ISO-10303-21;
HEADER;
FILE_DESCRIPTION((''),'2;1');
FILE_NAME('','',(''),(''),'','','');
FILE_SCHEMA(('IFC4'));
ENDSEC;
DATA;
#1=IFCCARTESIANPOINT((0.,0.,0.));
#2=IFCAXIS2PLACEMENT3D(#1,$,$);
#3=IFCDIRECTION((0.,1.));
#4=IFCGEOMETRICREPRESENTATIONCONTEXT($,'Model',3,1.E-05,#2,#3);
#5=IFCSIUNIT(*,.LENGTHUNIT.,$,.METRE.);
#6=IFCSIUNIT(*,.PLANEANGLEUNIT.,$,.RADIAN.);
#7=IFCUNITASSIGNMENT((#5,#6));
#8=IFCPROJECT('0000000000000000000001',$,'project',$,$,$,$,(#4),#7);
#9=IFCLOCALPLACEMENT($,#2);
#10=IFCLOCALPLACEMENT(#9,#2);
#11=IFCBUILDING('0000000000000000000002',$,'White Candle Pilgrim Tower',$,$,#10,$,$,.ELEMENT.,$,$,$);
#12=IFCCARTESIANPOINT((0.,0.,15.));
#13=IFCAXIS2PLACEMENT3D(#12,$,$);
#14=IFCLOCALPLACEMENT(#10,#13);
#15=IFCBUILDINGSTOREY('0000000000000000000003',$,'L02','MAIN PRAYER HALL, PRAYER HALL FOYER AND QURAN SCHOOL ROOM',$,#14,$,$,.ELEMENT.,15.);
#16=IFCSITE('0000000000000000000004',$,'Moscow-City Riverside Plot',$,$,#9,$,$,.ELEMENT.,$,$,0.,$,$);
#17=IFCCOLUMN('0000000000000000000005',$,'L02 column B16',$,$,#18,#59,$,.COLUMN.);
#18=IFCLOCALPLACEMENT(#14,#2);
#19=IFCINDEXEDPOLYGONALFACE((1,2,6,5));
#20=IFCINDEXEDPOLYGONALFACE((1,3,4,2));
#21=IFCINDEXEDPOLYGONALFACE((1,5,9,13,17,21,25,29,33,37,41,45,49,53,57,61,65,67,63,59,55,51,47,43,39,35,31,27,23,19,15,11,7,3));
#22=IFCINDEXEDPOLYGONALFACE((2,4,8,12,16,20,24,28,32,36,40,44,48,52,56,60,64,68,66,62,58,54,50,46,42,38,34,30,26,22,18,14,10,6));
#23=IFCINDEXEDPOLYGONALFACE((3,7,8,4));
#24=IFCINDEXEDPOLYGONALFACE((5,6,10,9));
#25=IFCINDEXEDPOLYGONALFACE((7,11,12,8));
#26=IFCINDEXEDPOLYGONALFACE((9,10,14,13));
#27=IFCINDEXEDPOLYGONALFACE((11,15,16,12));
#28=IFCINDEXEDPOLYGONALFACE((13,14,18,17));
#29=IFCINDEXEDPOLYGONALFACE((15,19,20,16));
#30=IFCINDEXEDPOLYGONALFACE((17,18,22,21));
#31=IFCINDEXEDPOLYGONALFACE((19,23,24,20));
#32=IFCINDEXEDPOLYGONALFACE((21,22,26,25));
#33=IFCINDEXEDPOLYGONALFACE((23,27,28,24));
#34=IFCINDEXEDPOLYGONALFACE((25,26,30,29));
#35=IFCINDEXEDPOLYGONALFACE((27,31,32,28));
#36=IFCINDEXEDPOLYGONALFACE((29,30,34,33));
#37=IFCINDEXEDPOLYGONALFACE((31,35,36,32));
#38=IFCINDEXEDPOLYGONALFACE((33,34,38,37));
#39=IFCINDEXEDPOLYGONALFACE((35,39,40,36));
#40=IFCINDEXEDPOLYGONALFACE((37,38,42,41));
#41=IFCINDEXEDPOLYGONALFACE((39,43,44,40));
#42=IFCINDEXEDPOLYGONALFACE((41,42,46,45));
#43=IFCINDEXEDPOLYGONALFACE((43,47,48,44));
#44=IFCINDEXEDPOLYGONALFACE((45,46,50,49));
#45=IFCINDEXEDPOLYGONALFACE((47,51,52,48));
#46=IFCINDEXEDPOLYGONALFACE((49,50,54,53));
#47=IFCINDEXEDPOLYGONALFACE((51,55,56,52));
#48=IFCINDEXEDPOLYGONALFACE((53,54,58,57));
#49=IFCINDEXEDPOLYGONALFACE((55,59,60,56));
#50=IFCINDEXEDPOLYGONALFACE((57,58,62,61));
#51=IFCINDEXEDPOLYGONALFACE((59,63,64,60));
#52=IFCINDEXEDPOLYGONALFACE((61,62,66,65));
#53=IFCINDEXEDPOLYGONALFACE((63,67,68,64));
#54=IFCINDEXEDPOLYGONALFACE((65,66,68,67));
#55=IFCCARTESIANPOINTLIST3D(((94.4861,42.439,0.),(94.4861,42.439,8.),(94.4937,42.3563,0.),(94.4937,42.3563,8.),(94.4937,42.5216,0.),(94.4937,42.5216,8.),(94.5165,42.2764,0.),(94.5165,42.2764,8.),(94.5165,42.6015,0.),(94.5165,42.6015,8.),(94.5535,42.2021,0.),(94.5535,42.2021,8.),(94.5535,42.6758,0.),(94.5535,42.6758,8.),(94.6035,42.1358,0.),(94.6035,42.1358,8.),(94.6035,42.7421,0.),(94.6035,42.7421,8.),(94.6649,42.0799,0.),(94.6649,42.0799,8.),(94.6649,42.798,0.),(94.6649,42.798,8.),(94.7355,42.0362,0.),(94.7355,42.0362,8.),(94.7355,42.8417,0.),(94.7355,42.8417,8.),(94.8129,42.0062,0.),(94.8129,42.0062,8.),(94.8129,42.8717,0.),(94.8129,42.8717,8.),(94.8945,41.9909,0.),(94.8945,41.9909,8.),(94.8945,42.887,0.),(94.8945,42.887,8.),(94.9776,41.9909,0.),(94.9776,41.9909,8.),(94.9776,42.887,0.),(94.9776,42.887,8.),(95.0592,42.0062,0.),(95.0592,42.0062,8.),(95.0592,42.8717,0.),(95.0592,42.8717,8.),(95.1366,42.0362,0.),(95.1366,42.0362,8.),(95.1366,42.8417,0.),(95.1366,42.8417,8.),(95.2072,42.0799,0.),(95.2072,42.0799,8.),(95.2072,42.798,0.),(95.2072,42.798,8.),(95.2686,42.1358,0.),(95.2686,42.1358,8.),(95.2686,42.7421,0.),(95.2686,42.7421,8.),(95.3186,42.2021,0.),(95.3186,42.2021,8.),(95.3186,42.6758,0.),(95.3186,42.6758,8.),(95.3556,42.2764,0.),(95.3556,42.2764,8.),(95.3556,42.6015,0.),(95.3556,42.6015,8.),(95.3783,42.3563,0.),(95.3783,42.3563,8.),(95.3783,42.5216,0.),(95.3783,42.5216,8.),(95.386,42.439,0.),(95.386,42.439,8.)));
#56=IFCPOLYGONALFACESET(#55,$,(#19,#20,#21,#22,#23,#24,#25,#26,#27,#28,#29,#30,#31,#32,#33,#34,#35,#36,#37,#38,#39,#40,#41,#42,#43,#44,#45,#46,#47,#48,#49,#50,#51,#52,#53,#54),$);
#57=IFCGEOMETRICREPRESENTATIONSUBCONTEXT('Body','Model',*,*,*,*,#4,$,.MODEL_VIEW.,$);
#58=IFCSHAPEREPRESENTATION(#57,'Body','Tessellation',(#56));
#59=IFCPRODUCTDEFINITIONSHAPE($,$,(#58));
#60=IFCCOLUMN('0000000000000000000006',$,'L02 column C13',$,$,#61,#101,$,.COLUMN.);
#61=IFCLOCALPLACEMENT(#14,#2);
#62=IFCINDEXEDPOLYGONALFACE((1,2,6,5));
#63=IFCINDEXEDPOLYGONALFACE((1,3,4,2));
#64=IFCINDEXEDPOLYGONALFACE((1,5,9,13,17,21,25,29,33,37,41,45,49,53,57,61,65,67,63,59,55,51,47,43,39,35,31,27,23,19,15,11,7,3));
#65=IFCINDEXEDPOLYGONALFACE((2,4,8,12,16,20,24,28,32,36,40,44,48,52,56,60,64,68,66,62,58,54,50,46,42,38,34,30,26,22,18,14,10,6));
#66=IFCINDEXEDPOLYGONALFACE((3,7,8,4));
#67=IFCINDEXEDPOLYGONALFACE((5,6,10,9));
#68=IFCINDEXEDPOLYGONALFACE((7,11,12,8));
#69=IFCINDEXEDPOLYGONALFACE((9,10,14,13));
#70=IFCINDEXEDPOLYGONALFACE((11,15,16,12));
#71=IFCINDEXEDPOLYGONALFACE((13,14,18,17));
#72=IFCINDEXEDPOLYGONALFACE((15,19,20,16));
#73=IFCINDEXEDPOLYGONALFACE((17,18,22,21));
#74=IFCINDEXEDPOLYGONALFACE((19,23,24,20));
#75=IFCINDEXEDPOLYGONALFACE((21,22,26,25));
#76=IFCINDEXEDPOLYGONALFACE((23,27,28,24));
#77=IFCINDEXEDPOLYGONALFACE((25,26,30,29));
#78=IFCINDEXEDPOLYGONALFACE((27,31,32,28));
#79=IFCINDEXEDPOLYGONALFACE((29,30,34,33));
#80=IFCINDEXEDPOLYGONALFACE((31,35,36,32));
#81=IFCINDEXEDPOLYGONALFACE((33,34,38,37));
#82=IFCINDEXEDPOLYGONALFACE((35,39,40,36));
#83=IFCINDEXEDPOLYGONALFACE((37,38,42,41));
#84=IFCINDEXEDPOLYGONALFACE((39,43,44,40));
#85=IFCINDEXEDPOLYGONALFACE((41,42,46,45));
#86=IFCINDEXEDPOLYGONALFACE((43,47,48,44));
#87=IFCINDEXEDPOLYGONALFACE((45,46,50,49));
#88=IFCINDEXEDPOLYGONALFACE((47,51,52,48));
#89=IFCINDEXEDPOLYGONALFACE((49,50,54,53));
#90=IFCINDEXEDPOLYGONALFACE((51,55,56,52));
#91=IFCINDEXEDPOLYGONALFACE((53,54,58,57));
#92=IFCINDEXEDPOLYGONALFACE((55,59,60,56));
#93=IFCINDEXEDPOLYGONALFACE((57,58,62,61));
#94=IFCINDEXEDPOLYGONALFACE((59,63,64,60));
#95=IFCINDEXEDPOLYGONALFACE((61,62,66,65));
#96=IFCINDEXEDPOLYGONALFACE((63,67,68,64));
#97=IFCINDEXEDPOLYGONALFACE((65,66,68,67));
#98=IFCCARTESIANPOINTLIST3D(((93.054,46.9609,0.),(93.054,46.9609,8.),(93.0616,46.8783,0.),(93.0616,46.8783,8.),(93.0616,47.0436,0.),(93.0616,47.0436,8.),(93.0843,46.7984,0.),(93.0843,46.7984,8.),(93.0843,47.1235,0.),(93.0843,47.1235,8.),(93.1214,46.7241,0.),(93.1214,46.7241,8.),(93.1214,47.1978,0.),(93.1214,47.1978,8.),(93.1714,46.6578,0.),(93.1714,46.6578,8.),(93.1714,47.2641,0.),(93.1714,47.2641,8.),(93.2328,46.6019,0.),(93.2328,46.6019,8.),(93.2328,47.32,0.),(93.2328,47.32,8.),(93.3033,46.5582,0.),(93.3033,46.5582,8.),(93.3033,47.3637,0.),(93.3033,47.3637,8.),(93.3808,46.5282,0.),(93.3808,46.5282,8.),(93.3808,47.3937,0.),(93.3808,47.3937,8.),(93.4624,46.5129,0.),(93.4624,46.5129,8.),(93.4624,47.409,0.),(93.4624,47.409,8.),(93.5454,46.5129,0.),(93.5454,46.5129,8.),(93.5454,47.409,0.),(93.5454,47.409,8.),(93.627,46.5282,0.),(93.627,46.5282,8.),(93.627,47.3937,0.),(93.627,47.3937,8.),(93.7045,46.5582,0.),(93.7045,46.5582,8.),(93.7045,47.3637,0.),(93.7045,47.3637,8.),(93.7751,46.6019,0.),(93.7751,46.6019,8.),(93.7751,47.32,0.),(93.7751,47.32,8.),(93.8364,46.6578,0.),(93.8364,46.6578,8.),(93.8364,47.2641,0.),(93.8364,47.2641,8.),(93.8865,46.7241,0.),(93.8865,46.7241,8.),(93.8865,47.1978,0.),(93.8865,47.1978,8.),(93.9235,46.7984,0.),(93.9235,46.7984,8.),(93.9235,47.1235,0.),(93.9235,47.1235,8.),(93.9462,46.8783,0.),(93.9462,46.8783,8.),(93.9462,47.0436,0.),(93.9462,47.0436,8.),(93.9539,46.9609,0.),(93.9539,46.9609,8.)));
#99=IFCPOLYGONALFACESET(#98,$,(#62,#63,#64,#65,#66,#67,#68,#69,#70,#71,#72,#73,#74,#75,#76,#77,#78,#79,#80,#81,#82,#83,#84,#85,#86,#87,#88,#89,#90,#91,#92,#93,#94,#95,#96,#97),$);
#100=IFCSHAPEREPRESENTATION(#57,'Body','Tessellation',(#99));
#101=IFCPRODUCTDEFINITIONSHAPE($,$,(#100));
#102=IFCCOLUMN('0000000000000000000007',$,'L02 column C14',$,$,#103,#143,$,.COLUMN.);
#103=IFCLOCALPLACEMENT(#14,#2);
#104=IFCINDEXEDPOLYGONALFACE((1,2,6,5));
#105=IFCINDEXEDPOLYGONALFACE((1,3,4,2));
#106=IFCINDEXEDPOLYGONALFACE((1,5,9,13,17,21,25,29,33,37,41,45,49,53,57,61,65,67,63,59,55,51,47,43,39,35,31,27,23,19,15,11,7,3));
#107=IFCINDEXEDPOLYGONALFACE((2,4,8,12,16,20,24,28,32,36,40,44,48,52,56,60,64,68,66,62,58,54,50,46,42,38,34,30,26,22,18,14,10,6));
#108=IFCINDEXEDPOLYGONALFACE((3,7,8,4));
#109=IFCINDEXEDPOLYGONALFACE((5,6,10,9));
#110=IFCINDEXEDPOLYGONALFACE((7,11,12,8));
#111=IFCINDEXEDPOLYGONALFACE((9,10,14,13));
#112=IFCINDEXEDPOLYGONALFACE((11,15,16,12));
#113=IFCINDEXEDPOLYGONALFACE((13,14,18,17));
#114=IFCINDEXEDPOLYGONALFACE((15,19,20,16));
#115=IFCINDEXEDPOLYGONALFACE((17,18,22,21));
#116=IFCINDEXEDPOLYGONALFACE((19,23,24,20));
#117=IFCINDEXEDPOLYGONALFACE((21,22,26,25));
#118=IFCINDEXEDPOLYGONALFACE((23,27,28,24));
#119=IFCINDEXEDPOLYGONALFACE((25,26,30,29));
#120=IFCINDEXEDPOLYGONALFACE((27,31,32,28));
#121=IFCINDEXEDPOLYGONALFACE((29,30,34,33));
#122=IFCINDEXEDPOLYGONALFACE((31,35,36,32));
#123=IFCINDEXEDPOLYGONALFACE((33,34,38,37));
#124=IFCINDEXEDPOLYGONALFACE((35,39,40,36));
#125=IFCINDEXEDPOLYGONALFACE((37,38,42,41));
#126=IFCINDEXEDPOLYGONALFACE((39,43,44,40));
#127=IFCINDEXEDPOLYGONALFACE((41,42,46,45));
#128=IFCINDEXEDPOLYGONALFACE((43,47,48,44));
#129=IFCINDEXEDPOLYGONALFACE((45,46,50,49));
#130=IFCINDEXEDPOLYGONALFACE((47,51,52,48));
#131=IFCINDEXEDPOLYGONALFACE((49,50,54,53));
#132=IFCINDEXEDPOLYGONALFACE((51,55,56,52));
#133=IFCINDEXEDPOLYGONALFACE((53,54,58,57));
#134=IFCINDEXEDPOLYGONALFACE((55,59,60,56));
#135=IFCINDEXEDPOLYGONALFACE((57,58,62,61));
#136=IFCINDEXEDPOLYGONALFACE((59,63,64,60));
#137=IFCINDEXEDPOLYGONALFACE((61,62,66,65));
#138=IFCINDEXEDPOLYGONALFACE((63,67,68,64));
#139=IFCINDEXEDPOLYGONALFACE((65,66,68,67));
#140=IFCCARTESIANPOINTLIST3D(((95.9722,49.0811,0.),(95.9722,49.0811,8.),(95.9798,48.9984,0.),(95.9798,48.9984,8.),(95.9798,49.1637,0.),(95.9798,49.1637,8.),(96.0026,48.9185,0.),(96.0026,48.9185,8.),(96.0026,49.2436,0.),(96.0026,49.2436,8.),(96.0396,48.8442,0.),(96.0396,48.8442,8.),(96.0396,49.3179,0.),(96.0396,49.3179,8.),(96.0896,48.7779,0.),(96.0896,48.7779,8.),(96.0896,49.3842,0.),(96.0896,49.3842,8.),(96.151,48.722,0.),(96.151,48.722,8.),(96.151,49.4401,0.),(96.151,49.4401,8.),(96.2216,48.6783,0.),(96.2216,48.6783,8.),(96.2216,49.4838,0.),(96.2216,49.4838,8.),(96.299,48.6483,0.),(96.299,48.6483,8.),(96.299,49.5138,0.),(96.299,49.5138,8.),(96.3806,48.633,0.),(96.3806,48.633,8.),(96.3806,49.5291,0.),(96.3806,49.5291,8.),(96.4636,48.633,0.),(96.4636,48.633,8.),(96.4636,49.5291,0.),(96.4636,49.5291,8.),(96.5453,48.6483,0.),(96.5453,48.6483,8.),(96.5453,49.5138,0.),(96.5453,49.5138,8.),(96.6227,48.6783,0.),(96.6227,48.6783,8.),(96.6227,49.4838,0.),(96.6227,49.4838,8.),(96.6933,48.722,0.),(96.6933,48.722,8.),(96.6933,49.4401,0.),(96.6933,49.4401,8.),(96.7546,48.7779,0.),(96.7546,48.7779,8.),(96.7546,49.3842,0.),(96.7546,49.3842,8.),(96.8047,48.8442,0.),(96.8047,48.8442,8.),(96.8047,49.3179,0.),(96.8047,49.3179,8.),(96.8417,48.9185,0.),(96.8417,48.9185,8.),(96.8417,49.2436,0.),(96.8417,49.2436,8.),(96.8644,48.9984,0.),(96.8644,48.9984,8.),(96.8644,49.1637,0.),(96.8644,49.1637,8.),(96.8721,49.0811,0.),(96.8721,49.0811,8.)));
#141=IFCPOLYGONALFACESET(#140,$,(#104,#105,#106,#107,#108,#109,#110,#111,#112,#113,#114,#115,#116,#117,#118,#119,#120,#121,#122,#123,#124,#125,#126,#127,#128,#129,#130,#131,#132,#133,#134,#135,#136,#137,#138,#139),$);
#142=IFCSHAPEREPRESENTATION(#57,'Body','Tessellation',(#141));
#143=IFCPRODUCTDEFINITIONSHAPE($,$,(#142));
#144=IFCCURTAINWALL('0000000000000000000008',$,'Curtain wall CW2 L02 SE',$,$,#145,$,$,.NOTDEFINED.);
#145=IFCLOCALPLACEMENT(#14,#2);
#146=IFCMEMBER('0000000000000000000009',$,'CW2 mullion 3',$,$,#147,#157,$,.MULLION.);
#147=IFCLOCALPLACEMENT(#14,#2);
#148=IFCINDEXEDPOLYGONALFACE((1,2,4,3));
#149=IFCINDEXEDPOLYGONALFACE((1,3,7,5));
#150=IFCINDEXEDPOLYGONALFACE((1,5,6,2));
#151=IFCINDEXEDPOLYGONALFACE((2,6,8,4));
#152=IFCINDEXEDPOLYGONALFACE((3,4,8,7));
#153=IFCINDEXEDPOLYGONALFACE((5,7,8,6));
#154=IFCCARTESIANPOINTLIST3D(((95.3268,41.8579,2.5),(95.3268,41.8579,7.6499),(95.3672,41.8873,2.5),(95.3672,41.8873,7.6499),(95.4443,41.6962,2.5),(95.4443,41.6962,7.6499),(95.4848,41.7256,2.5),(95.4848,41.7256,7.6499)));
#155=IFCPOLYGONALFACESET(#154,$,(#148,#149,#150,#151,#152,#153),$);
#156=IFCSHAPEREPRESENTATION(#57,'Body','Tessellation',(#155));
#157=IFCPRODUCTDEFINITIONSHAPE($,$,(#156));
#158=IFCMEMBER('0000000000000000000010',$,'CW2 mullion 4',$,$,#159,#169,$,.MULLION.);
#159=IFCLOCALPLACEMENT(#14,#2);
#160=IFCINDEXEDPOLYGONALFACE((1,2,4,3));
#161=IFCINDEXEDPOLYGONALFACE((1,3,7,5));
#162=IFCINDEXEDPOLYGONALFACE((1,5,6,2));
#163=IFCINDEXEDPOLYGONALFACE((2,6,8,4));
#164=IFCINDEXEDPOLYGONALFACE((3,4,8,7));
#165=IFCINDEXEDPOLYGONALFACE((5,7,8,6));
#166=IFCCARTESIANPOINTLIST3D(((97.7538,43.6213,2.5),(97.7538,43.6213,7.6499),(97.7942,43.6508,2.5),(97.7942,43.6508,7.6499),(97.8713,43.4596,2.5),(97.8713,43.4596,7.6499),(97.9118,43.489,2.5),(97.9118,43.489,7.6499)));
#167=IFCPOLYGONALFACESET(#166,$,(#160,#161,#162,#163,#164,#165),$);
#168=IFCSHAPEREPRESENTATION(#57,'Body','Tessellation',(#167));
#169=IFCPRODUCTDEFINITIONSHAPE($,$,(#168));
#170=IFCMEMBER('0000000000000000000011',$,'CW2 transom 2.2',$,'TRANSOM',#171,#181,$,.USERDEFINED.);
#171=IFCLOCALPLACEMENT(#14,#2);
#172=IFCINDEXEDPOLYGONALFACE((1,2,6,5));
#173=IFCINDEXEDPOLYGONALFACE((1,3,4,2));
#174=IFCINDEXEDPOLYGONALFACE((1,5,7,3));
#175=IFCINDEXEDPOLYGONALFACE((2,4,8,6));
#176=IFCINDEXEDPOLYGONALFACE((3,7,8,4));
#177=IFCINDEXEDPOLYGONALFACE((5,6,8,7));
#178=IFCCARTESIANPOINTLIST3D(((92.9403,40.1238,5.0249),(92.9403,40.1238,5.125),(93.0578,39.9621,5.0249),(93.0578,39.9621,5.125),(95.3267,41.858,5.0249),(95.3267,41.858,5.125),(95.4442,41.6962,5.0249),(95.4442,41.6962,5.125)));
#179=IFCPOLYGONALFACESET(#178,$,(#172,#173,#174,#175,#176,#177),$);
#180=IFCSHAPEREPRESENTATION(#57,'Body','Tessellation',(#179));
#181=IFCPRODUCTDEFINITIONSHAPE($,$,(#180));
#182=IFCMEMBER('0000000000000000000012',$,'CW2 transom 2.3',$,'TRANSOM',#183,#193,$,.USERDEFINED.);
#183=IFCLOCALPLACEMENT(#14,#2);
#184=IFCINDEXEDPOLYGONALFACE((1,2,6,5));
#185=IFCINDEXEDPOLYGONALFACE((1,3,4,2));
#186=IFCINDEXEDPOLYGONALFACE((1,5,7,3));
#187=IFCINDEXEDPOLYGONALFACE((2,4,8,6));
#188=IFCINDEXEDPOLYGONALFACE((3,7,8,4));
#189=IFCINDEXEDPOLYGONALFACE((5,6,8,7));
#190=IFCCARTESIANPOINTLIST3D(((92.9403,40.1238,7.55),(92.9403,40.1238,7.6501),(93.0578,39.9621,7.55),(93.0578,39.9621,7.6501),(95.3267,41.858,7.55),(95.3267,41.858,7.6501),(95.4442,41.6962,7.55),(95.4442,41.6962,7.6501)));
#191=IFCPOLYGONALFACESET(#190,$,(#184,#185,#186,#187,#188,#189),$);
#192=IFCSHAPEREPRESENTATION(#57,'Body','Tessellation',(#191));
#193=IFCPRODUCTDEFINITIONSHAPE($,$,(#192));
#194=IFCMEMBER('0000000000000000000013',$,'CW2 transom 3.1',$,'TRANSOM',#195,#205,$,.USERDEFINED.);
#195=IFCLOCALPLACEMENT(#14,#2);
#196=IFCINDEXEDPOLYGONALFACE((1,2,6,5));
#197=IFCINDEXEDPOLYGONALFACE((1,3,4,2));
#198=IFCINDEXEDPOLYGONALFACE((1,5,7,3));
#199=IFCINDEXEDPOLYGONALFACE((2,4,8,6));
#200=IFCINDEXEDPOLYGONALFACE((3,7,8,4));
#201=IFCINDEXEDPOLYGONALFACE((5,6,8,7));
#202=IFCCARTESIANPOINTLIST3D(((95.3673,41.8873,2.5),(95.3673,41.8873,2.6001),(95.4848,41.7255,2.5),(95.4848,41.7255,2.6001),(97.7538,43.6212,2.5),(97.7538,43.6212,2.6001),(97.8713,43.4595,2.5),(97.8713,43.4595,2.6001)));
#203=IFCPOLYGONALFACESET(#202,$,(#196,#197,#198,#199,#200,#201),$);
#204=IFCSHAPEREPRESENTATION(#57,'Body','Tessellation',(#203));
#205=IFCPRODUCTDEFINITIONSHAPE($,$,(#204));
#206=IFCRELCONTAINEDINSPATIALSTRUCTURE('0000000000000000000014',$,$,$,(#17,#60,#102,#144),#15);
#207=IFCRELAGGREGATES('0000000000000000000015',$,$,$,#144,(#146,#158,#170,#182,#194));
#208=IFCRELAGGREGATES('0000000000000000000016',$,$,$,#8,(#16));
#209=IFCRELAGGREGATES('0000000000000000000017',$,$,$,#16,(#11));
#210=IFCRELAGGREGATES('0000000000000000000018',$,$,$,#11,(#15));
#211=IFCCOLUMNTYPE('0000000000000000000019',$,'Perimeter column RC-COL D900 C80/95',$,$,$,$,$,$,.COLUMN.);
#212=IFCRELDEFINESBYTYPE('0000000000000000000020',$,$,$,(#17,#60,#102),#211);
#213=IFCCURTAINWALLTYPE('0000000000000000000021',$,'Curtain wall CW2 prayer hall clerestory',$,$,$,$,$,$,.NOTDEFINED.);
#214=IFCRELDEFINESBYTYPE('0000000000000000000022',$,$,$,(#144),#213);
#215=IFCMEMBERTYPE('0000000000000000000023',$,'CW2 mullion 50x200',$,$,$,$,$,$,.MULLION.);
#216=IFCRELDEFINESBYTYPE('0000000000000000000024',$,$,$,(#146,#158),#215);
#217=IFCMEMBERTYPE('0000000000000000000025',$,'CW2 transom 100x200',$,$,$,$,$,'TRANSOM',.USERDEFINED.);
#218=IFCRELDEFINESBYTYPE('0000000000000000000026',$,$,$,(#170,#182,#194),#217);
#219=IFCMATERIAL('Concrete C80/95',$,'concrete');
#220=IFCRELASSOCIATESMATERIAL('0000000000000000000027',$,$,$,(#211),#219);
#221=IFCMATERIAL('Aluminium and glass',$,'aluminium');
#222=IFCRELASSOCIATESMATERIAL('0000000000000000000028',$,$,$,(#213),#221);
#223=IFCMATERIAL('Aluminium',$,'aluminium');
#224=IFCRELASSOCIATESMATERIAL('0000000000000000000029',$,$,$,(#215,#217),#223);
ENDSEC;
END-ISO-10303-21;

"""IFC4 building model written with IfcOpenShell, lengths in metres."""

from ifc_helpers import new_model, si_unit, direction, frame, origin, origin_2d, place, context, subcontext, project, spatial, rectangle, circle, extrude, material, material_profile, profile_set, type_object, element, aggregate, save


model = new_model("IFC4")

# Units and contexts
model_context = context("Model", 3, precision=1e-05, world=origin(), true_north=direction((0.0, 1.0)))
body_context = subcontext(model_context, "Body", "Model", "MODEL_VIEW")
ifc_project = project(units=[si_unit("LENGTHUNIT", "METRE"), si_unit("PLANEANGLEUNIT", "RADIAN")], contexts=[model_context])

# Site, building, storey
site_placement = place(None, origin())
site = spatial("IfcSite", under=ifc_project, at=site_placement, Name="Moscow-City Riverside Plot", CompositionType="ELEMENT", RefElevation=0.0)
building_placement = place(site_placement, origin())
building = spatial("IfcBuilding", under=site, at=building_placement, Name="White Candle Pilgrim Tower", CompositionType="ELEMENT")
storey_placement = place(building_placement, frame((0.0, 0.0, 15.0)))
storey = spatial("IfcBuildingStorey", under=building, at=storey_placement, Name="L02", Description="MAIN PRAYER HALL, PRAYER HALL FOYER AND QURAN SCHOOL ROOM", CompositionType="ELEMENT", Elevation=15.0)

# Columns
ifc_material_1 = material(Name="Concrete C80/95", Category="concrete")
ifc_material_profile_1 = material_profile(ifc_material_1, circle(Radius=0.45, at=origin_2d()), Name="RC-COL D900")
ifc_profile_set_1 = profile_set([ifc_material_profile_1], Name="Concrete C80/95")
column_type = type_object("IfcColumnType", Name="Perimeter column RC-COL D900 C80/95", PredefinedType="COLUMN", material=ifc_profile_set_1)
for number, where, z_axis, x_axis, name in (
    (1, (94.936, 42.439, 0.0), (0.0, 0.0, 1.0), (1.0, 0.0, 0.0), "L02 column B16"),
    (2, (93.5039, 46.9609, 0.0), (0.0, 0.0, 1.0), (1.0, 0.0, 0.0), "L02 column C13"),
    (3, (96.4221, 49.0811, 0.0), (0.0, 0.0, 1.0), (1.0, 0.0, 0.0), "L02 column C14"),
):
    element("IfcColumn", number, at=place(storey_placement, frame(where, z_axis=z_axis, x_axis=x_axis)), inside=storey, type_object=column_type, Name=name, PredefinedType="COLUMN", context=body_context, shape_type="SweptSolid", body=[
        extrude(circle(Radius=0.45, at=origin_2d()), origin(), (0.0, 0.0, 1.0), 8.0),
    ])

# Curtain wall, members
ifc_material_2 = material(Name="Aluminium and glass", Category="aluminium")
curtain_wall_type = type_object("IfcCurtainWallType", Name="Curtain wall CW2 prayer hall clerestory", PredefinedType="NOTDEFINED", material=ifc_material_2)
curtain_wall_placement = place(storey_placement, origin())
curtain_wall = element("IfcCurtainWall", 4, at=curtain_wall_placement, inside=storey, type_object=curtain_wall_type, Name="Curtain wall CW2 L02 SE", PredefinedType="NOTDEFINED")
ifc_material_3 = material(Name="Aluminium", Category="aluminium")
ifc_material_profile_2 = material_profile(ifc_material_3, rectangle(XDim=0.2, YDim=0.05, at=origin_2d()), Name="CW2 mullion 50x200")
ifc_profile_set_2 = profile_set([ifc_material_profile_2], Name="Aluminium")
member_type_1 = type_object("IfcMemberType", Name="CW2 mullion 50x200", PredefinedType="MULLION", material=ifc_profile_set_2)
member_1_placement = place(storey_placement, frame((95.4058, 41.7917, 2.5), z_axis=(0.0, 0.0, 1.0), x_axis=(-0.587785, 0.809017, 0.0)))
member_1 = element("IfcMember", 5, at=member_1_placement, type_object=member_type_1, Name="CW2 mullion 3", PredefinedType="MULLION", context=body_context, shape_type="SweptSolid", body=[
    extrude(rectangle(XDim=0.2, YDim=0.05, at=origin_2d()), origin(), (0.0, 0.0, 1.0), 5.1499),
])
member_2_placement = place(storey_placement, frame((97.8328, 43.5552, 2.5), z_axis=(0.0, 0.0, 1.0), x_axis=(-0.587785, 0.809017, 0.0)))
member_2 = element("IfcMember", 6, at=member_2_placement, type_object=member_type_1, Name="CW2 mullion 4", PredefinedType="MULLION", context=body_context, shape_type="SweptSolid", body=[
    extrude(rectangle(XDim=0.2, YDim=0.05, at=origin_2d()), origin(), (0.0, 0.0, 1.0), 5.1499),
])
ifc_material_profile_3 = material_profile(ifc_material_3, rectangle(XDim=0.2, YDim=0.1001, at=origin_2d()), Name="CW2 transom 100x200")
ifc_profile_set_3 = profile_set([ifc_material_profile_3], Name="Aluminium")
member_type_2 = type_object("IfcMemberType", Name="CW2 transom 100x200", ElementType="TRANSOM", PredefinedType="USERDEFINED", material=ifc_profile_set_3)
member_3_placement = place(storey_placement, frame((92.999, 40.043, 5.075), z_axis=(0.808976, 0.587842, 0.0), x_axis=(-0.587842, 0.808976, 0.0)))
member_3 = element("IfcMember", 7, at=member_3_placement, type_object=member_type_2, Name="CW2 transom 2.2", ObjectType="TRANSOM", PredefinedType="USERDEFINED", context=body_context, shape_type="SweptSolid", body=[
    extrude(rectangle(XDim=0.2, YDim=0.1001, at=origin_2d()), origin(), (0.0, 0.0, 1.0), 2.95),
])
member_4_placement = place(storey_placement, frame((92.999, 40.043, 7.6001), z_axis=(0.808976, 0.587842, 0.0), x_axis=(-0.587842, 0.808976, 0.0)))
member_4 = element("IfcMember", 8, at=member_4_placement, type_object=member_type_2, Name="CW2 transom 2.3", ObjectType="TRANSOM", PredefinedType="USERDEFINED", context=body_context, shape_type="SweptSolid", body=[
    extrude(rectangle(XDim=0.2, YDim=0.1001, at=origin_2d()), origin(), (0.0, 0.0, 1.0), 2.95),
])
member_5_placement = place(storey_placement, frame((95.426, 41.8064, 2.55), z_axis=(0.809015, 0.587788, 0.0), x_axis=(-0.587788, 0.809015, 0.0)))
member_5 = element("IfcMember", 9, at=member_5_placement, type_object=member_type_2, Name="CW2 transom 3.1", ObjectType="TRANSOM", PredefinedType="USERDEFINED", context=body_context, shape_type="SweptSolid", body=[
    extrude(rectangle(XDim=0.2, YDim=0.1001, at=origin_2d()), origin(), (0.0, 0.0, 1.0), 2.95),
])

aggregate(curtain_wall, [member_1, member_2, member_3, member_4, member_5])

save(model, "model.ifc")
